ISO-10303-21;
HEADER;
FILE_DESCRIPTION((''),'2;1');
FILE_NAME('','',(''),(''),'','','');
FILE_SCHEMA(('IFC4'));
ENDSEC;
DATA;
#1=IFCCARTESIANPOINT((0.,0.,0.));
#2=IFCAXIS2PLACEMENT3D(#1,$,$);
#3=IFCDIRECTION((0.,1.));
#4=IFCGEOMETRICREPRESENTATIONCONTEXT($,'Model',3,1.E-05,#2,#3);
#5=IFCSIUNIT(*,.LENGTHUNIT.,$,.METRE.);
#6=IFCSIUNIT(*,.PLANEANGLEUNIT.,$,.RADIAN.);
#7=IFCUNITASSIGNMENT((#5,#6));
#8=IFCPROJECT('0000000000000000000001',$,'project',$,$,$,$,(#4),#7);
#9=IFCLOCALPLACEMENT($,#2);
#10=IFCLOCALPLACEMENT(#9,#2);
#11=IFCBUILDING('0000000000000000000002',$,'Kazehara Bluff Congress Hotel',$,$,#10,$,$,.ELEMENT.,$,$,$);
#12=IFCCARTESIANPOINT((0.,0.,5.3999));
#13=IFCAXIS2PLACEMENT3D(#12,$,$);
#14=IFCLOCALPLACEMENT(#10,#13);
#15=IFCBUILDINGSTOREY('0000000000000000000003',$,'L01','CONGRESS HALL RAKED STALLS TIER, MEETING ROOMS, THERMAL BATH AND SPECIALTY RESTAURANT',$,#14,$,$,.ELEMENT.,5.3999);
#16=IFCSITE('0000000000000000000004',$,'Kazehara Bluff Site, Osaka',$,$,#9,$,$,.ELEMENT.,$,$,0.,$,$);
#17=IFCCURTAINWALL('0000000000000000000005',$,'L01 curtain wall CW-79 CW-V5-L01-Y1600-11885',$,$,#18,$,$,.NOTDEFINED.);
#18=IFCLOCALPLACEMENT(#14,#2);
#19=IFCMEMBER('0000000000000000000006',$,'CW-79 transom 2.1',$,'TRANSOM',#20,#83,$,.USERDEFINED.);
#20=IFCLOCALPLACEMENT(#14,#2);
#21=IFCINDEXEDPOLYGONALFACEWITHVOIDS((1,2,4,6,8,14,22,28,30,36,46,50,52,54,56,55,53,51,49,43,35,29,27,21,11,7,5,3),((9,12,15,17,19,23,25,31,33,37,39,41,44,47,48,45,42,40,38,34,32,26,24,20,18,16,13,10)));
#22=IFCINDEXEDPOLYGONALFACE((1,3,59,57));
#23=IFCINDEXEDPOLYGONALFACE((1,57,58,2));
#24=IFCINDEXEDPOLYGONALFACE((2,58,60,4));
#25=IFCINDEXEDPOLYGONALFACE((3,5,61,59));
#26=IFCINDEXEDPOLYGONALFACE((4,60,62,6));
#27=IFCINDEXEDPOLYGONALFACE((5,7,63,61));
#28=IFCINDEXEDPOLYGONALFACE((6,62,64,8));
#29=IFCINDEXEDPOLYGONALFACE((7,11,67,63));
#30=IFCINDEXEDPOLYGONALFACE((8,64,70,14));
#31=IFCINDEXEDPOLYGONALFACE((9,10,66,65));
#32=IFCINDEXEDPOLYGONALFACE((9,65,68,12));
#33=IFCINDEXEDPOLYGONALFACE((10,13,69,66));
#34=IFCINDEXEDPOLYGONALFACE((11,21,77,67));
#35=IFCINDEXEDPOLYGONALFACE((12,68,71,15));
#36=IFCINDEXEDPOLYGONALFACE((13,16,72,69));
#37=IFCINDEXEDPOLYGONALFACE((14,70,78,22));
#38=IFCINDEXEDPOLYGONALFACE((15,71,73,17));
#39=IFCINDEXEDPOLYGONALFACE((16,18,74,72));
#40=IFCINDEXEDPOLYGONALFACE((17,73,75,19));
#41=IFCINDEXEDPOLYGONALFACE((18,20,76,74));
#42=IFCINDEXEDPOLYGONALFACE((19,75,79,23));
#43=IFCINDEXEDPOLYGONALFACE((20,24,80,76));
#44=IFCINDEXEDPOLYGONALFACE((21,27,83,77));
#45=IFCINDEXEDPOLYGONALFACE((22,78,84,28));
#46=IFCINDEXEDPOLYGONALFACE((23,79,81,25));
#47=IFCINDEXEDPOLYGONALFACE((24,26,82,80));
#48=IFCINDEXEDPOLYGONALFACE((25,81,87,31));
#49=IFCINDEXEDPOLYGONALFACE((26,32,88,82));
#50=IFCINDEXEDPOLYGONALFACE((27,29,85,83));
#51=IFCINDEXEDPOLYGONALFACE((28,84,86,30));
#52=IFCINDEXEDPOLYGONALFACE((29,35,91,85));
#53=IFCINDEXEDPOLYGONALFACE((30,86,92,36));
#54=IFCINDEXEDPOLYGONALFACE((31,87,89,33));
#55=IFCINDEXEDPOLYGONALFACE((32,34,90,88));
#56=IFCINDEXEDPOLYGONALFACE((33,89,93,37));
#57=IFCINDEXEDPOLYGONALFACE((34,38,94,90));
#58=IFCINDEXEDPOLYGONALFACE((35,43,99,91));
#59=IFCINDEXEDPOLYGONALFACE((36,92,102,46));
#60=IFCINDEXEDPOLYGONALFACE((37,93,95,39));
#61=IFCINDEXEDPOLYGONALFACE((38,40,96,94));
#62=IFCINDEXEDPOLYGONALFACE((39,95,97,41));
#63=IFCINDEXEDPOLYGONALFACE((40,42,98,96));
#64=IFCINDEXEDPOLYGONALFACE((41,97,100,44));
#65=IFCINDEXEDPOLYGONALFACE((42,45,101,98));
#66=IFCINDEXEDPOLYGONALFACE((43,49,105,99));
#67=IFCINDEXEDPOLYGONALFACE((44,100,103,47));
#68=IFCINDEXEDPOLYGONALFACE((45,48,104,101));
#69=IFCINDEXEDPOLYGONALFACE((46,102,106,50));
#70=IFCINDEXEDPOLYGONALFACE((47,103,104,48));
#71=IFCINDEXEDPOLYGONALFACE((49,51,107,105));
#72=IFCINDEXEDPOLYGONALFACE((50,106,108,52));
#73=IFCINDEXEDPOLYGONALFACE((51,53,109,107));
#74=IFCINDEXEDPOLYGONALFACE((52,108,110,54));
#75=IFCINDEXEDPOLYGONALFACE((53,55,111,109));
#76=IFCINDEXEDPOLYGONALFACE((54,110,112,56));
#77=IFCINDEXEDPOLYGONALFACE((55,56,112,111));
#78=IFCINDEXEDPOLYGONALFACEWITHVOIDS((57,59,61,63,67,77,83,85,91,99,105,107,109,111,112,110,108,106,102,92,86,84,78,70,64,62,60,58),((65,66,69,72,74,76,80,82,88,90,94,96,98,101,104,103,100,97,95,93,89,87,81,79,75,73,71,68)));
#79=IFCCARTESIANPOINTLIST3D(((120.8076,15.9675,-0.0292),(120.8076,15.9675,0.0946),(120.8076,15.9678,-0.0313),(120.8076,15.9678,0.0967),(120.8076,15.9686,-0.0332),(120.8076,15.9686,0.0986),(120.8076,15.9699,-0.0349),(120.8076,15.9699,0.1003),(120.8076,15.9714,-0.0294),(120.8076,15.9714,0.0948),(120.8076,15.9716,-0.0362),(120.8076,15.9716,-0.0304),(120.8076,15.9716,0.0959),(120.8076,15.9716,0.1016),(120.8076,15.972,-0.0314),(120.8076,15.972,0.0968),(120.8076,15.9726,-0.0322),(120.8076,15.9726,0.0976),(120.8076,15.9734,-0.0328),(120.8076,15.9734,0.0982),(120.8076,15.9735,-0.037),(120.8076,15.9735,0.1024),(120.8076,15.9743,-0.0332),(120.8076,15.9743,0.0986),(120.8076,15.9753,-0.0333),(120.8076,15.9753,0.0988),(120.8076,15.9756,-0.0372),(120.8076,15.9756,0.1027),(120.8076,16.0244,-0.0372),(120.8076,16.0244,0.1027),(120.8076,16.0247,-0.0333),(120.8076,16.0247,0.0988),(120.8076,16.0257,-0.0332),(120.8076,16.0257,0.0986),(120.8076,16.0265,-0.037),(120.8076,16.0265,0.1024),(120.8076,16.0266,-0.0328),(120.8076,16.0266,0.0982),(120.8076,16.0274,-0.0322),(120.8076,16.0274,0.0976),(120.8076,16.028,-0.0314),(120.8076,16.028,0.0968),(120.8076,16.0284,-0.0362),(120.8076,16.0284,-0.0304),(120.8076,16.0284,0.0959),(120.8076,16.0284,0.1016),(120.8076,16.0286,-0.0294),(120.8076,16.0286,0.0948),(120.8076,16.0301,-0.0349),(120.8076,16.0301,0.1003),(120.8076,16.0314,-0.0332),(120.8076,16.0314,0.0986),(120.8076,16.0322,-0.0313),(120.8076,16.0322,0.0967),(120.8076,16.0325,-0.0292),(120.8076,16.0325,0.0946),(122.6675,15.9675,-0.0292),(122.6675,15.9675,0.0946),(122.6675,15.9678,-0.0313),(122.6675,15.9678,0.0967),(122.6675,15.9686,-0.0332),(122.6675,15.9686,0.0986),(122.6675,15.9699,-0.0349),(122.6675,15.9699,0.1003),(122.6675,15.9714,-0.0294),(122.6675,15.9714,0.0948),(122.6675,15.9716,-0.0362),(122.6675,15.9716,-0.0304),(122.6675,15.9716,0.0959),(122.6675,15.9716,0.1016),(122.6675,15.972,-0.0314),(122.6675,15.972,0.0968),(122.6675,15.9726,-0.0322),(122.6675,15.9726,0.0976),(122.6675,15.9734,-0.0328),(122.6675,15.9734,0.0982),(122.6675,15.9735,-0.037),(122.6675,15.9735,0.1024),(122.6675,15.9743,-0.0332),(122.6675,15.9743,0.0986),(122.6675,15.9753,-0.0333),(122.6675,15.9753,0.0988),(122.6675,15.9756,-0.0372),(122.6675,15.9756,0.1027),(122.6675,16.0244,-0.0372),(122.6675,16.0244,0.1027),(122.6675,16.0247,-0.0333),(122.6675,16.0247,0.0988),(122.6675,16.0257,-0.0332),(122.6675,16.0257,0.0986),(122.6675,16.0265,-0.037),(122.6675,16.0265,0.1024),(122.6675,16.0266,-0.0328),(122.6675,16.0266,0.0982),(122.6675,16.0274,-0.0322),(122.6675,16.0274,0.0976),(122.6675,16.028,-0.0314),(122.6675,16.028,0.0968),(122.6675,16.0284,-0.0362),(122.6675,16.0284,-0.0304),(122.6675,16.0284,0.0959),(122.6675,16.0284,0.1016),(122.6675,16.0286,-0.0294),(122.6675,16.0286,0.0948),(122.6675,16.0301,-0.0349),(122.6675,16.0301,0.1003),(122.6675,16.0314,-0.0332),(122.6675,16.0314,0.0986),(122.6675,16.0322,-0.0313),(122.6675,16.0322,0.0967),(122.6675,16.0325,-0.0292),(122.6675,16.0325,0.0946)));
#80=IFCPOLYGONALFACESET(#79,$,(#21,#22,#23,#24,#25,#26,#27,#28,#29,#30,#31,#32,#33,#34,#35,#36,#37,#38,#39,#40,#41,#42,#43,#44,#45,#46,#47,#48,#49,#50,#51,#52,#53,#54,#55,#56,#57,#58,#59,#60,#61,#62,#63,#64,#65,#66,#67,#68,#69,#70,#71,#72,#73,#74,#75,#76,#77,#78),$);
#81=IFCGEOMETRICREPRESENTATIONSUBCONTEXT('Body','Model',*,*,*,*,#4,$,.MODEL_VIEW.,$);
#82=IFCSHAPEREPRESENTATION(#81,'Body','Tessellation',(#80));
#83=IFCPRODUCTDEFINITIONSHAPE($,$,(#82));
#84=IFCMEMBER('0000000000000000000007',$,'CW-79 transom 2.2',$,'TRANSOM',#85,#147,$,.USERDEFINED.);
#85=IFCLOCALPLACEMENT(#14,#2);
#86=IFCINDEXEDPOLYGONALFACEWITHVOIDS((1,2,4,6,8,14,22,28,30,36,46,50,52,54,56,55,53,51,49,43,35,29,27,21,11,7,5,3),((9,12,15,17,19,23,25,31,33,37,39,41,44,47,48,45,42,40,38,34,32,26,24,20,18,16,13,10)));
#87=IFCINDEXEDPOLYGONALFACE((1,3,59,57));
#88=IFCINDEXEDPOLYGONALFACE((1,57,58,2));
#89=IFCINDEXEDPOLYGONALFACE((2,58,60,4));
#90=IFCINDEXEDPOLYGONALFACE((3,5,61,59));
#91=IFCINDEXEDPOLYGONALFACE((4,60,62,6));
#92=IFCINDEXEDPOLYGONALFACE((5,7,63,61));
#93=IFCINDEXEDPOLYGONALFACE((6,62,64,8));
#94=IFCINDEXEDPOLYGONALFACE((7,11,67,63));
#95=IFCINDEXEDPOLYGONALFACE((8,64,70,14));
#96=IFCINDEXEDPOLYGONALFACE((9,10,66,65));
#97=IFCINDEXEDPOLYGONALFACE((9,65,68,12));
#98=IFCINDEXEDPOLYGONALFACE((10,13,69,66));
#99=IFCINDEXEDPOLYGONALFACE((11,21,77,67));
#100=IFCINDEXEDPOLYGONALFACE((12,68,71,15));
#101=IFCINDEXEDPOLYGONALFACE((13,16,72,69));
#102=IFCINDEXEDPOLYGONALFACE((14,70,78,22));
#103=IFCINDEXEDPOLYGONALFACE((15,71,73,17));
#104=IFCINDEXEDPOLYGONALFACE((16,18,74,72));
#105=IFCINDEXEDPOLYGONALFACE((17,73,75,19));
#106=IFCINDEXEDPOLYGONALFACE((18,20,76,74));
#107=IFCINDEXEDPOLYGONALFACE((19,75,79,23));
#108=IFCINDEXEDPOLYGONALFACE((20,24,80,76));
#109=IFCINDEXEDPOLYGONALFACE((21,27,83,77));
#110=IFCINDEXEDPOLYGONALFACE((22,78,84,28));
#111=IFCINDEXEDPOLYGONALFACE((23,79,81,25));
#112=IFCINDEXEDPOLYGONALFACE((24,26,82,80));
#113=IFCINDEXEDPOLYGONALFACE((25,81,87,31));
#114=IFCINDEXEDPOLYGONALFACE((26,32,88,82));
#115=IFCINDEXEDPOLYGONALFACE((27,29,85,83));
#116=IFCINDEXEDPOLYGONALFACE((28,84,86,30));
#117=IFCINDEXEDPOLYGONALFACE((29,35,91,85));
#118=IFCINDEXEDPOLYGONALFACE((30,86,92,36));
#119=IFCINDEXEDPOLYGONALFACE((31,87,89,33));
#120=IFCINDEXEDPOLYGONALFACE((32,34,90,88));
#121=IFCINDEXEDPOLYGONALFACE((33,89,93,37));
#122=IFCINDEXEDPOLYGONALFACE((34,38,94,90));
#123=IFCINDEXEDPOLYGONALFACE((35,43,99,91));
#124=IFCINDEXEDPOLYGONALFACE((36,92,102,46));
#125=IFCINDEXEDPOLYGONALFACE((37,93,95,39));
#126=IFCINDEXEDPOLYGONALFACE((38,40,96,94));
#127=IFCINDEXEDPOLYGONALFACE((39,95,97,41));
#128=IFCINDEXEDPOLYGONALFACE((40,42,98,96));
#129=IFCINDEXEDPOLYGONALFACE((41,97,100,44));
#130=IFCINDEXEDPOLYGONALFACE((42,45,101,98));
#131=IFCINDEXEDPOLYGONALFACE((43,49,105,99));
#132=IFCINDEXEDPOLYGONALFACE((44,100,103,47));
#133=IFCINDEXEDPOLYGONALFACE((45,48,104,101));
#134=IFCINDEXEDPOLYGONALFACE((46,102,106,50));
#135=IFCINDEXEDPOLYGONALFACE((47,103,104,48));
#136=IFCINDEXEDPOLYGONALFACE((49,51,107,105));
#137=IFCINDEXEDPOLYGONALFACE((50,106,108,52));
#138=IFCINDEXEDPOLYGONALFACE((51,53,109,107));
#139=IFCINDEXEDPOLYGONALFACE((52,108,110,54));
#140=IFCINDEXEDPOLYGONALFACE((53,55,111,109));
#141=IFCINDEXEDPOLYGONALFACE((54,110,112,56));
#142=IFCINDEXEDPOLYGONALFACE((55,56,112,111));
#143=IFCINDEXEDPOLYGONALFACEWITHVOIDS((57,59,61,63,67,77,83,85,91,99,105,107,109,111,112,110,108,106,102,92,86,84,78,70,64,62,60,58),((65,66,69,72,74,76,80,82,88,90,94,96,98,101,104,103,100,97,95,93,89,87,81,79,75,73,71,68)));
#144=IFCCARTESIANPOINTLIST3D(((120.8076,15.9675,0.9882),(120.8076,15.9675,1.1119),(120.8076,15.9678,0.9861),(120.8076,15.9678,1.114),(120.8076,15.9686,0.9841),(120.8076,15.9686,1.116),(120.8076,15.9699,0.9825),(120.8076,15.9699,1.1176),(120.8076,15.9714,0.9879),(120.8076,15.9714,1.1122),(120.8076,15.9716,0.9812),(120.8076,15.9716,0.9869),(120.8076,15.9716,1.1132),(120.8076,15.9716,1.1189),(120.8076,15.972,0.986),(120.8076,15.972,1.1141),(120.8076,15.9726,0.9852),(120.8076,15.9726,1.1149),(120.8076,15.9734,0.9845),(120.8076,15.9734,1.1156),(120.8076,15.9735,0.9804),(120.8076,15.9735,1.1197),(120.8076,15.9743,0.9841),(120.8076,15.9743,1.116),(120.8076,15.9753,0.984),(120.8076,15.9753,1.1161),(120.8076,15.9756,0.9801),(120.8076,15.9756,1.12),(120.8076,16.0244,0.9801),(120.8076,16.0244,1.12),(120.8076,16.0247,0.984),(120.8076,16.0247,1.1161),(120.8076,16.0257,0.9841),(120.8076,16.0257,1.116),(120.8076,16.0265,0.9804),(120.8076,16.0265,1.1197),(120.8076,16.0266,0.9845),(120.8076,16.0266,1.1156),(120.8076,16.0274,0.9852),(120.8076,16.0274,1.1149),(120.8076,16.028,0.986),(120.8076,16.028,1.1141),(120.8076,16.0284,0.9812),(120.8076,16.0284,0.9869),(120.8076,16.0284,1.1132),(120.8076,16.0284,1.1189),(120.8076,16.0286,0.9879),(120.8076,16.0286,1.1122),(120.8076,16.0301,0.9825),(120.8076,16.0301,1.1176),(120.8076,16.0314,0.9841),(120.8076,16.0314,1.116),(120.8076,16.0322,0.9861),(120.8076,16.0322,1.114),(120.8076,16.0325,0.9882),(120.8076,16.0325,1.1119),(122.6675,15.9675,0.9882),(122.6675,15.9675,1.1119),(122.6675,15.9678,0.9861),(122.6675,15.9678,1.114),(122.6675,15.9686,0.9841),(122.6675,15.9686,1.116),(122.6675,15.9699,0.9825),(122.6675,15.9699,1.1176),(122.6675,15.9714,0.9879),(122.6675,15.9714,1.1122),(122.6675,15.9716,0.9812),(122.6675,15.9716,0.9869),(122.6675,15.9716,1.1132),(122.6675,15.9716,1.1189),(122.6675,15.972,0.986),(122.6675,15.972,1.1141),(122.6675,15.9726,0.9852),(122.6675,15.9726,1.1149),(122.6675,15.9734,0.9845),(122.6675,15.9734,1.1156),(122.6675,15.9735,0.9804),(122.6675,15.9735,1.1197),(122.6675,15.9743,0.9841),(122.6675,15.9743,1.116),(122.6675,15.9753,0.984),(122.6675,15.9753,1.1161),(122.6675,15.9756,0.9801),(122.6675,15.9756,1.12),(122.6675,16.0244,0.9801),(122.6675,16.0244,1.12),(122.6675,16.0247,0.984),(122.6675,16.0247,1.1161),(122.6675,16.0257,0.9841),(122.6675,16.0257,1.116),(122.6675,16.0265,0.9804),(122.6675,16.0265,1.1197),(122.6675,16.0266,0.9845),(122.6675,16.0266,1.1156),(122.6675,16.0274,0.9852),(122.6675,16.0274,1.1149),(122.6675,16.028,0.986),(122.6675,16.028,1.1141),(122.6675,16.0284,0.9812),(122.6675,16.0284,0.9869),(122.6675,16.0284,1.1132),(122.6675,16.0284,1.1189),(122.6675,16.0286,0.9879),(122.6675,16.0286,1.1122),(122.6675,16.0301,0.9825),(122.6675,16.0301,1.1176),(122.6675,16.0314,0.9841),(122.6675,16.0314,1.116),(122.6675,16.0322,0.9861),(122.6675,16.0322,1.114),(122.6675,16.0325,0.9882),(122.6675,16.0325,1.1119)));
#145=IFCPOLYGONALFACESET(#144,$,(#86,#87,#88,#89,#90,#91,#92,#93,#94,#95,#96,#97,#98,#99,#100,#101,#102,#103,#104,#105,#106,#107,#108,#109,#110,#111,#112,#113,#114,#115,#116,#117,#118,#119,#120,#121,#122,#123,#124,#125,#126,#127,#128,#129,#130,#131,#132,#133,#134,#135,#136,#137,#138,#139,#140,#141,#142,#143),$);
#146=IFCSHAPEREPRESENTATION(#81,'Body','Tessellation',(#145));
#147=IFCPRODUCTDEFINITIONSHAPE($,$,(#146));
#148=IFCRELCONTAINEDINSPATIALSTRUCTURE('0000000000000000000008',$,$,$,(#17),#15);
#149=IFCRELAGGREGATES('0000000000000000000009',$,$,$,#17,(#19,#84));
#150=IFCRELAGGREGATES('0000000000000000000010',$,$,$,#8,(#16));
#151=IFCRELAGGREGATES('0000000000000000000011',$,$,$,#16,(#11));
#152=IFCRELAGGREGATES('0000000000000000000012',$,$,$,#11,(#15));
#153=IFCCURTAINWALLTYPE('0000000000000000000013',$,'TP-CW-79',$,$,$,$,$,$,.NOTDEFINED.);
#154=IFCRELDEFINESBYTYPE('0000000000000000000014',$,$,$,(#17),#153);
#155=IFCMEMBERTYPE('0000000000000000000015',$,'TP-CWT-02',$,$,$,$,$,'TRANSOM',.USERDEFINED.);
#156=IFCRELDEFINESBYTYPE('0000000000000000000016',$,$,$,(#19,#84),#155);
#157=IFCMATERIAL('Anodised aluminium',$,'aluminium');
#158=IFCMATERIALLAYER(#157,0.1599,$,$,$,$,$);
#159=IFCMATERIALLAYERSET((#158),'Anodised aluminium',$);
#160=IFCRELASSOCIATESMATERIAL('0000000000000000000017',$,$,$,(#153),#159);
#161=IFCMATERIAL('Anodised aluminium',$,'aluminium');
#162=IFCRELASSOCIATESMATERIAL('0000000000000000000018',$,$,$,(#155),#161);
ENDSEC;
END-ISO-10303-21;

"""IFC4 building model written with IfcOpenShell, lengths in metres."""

from ifc_helpers import new_model, si_unit, direction, frame, origin, origin_2d, place, context, subcontext, project, spatial, hollow_rectangle, extrude, material, layer, layer_set, material_profile, profile_set, type_object, element, aggregate, save


model = new_model("IFC4")

# Units and contexts
model_context = context("Model", 3, precision=1e-05, world=origin(), true_north=direction((0.0, 1.0)))
body_context = subcontext(model_context, "Body", "Model", "MODEL_VIEW")
ifc_project = project(units=[si_unit("LENGTHUNIT", "METRE"), si_unit("PLANEANGLEUNIT", "RADIAN")], contexts=[model_context])

# Site, building, storey
site_placement = place(None, origin())
site = spatial("IfcSite", under=ifc_project, at=site_placement, Name="Kazehara Bluff Site, Osaka", CompositionType="ELEMENT", RefElevation=0.0)
building_placement = place(site_placement, origin())
building = spatial("IfcBuilding", under=site, at=building_placement, Name="Kazehara Bluff Congress Hotel", CompositionType="ELEMENT")
storey_placement = place(building_placement, frame((0.0, 0.0, 5.3999)))
storey = spatial("IfcBuildingStorey", under=building, at=storey_placement, Name="L01", Description="CONGRESS HALL RAKED STALLS TIER, MEETING ROOMS, THERMAL BATH AND SPECIALTY RESTAURANT", CompositionType="ELEMENT", Elevation=5.3999)

# Curtain wall, members
ifc_material_1 = material(Name="Anodised aluminium", Category="aluminium")
ifc_layer_1 = layer(ifc_material_1, 0.1599)
ifc_layer_set_1 = layer_set([ifc_layer_1], Name="Anodised aluminium")
curtain_wall_type = type_object("IfcCurtainWallType", Name="TP-CW-79", PredefinedType="NOTDEFINED", material=ifc_layer_set_1)
curtain_wall_placement = place(storey_placement, origin())
curtain_wall = element("IfcCurtainWall", 1, at=curtain_wall_placement, inside=storey, type_object=curtain_wall_type, Name="L01 curtain wall CW-79 CW-V5-L01-Y1600-11885", PredefinedType="NOTDEFINED")
ifc_material_2 = material(Name="Anodised aluminium", Category="aluminium")
ifc_material_profile_1 = material_profile(ifc_material_2, hollow_rectangle(XDim=0.0649, YDim=0.1399, WallThickness=0.0039, InnerFilletRadius=0.0039, OuterFilletRadius=0.0081, at=origin_2d()))
ifc_profile_set_1 = profile_set([ifc_material_profile_1], Name="Anodised aluminium")
member_type_1 = type_object("IfcMemberType", Name="TP-CWT-02", ElementType="TRANSOM", PredefinedType="USERDEFINED", material=ifc_profile_set_1)
member_1_placement = place(storey_placement, frame((120.8076, 16.0, 0.0327), z_axis=(1.0, 0.0, 0.0), x_axis=(0.0, 1.0, 0.0)))
member_1 = element("IfcMember", 2, at=member_1_placement, type_object=member_type_1, Name="CW-79 transom 2.1", ObjectType="TRANSOM", PredefinedType="USERDEFINED", context=body_context, shape_type="SweptSolid", body=[
    extrude(hollow_rectangle(XDim=0.0649, YDim=0.1399, WallThickness=0.0039, InnerFilletRadius=0.0039, OuterFilletRadius=0.0081, at=origin_2d()), origin(), (0.0, 0.0, 1.0), 1.8599),
])
member_2_placement = place(storey_placement, frame((120.8076, 16.0, 1.05), z_axis=(1.0, 0.0, 0.0), x_axis=(0.0, 1.0, 0.0)))
member_2 = element("IfcMember", 3, at=member_2_placement, type_object=member_type_1, Name="CW-79 transom 2.2", ObjectType="TRANSOM", PredefinedType="USERDEFINED", context=body_context, shape_type="SweptSolid", body=[
    extrude(hollow_rectangle(XDim=0.0649, YDim=0.1399, WallThickness=0.0039, InnerFilletRadius=0.0039, OuterFilletRadius=0.0081, at=origin_2d()), origin(), (0.0, 0.0, 1.0), 1.8599),
])
aggregate(curtain_wall, [member_1, member_2])

save(model, "model.ifc")
